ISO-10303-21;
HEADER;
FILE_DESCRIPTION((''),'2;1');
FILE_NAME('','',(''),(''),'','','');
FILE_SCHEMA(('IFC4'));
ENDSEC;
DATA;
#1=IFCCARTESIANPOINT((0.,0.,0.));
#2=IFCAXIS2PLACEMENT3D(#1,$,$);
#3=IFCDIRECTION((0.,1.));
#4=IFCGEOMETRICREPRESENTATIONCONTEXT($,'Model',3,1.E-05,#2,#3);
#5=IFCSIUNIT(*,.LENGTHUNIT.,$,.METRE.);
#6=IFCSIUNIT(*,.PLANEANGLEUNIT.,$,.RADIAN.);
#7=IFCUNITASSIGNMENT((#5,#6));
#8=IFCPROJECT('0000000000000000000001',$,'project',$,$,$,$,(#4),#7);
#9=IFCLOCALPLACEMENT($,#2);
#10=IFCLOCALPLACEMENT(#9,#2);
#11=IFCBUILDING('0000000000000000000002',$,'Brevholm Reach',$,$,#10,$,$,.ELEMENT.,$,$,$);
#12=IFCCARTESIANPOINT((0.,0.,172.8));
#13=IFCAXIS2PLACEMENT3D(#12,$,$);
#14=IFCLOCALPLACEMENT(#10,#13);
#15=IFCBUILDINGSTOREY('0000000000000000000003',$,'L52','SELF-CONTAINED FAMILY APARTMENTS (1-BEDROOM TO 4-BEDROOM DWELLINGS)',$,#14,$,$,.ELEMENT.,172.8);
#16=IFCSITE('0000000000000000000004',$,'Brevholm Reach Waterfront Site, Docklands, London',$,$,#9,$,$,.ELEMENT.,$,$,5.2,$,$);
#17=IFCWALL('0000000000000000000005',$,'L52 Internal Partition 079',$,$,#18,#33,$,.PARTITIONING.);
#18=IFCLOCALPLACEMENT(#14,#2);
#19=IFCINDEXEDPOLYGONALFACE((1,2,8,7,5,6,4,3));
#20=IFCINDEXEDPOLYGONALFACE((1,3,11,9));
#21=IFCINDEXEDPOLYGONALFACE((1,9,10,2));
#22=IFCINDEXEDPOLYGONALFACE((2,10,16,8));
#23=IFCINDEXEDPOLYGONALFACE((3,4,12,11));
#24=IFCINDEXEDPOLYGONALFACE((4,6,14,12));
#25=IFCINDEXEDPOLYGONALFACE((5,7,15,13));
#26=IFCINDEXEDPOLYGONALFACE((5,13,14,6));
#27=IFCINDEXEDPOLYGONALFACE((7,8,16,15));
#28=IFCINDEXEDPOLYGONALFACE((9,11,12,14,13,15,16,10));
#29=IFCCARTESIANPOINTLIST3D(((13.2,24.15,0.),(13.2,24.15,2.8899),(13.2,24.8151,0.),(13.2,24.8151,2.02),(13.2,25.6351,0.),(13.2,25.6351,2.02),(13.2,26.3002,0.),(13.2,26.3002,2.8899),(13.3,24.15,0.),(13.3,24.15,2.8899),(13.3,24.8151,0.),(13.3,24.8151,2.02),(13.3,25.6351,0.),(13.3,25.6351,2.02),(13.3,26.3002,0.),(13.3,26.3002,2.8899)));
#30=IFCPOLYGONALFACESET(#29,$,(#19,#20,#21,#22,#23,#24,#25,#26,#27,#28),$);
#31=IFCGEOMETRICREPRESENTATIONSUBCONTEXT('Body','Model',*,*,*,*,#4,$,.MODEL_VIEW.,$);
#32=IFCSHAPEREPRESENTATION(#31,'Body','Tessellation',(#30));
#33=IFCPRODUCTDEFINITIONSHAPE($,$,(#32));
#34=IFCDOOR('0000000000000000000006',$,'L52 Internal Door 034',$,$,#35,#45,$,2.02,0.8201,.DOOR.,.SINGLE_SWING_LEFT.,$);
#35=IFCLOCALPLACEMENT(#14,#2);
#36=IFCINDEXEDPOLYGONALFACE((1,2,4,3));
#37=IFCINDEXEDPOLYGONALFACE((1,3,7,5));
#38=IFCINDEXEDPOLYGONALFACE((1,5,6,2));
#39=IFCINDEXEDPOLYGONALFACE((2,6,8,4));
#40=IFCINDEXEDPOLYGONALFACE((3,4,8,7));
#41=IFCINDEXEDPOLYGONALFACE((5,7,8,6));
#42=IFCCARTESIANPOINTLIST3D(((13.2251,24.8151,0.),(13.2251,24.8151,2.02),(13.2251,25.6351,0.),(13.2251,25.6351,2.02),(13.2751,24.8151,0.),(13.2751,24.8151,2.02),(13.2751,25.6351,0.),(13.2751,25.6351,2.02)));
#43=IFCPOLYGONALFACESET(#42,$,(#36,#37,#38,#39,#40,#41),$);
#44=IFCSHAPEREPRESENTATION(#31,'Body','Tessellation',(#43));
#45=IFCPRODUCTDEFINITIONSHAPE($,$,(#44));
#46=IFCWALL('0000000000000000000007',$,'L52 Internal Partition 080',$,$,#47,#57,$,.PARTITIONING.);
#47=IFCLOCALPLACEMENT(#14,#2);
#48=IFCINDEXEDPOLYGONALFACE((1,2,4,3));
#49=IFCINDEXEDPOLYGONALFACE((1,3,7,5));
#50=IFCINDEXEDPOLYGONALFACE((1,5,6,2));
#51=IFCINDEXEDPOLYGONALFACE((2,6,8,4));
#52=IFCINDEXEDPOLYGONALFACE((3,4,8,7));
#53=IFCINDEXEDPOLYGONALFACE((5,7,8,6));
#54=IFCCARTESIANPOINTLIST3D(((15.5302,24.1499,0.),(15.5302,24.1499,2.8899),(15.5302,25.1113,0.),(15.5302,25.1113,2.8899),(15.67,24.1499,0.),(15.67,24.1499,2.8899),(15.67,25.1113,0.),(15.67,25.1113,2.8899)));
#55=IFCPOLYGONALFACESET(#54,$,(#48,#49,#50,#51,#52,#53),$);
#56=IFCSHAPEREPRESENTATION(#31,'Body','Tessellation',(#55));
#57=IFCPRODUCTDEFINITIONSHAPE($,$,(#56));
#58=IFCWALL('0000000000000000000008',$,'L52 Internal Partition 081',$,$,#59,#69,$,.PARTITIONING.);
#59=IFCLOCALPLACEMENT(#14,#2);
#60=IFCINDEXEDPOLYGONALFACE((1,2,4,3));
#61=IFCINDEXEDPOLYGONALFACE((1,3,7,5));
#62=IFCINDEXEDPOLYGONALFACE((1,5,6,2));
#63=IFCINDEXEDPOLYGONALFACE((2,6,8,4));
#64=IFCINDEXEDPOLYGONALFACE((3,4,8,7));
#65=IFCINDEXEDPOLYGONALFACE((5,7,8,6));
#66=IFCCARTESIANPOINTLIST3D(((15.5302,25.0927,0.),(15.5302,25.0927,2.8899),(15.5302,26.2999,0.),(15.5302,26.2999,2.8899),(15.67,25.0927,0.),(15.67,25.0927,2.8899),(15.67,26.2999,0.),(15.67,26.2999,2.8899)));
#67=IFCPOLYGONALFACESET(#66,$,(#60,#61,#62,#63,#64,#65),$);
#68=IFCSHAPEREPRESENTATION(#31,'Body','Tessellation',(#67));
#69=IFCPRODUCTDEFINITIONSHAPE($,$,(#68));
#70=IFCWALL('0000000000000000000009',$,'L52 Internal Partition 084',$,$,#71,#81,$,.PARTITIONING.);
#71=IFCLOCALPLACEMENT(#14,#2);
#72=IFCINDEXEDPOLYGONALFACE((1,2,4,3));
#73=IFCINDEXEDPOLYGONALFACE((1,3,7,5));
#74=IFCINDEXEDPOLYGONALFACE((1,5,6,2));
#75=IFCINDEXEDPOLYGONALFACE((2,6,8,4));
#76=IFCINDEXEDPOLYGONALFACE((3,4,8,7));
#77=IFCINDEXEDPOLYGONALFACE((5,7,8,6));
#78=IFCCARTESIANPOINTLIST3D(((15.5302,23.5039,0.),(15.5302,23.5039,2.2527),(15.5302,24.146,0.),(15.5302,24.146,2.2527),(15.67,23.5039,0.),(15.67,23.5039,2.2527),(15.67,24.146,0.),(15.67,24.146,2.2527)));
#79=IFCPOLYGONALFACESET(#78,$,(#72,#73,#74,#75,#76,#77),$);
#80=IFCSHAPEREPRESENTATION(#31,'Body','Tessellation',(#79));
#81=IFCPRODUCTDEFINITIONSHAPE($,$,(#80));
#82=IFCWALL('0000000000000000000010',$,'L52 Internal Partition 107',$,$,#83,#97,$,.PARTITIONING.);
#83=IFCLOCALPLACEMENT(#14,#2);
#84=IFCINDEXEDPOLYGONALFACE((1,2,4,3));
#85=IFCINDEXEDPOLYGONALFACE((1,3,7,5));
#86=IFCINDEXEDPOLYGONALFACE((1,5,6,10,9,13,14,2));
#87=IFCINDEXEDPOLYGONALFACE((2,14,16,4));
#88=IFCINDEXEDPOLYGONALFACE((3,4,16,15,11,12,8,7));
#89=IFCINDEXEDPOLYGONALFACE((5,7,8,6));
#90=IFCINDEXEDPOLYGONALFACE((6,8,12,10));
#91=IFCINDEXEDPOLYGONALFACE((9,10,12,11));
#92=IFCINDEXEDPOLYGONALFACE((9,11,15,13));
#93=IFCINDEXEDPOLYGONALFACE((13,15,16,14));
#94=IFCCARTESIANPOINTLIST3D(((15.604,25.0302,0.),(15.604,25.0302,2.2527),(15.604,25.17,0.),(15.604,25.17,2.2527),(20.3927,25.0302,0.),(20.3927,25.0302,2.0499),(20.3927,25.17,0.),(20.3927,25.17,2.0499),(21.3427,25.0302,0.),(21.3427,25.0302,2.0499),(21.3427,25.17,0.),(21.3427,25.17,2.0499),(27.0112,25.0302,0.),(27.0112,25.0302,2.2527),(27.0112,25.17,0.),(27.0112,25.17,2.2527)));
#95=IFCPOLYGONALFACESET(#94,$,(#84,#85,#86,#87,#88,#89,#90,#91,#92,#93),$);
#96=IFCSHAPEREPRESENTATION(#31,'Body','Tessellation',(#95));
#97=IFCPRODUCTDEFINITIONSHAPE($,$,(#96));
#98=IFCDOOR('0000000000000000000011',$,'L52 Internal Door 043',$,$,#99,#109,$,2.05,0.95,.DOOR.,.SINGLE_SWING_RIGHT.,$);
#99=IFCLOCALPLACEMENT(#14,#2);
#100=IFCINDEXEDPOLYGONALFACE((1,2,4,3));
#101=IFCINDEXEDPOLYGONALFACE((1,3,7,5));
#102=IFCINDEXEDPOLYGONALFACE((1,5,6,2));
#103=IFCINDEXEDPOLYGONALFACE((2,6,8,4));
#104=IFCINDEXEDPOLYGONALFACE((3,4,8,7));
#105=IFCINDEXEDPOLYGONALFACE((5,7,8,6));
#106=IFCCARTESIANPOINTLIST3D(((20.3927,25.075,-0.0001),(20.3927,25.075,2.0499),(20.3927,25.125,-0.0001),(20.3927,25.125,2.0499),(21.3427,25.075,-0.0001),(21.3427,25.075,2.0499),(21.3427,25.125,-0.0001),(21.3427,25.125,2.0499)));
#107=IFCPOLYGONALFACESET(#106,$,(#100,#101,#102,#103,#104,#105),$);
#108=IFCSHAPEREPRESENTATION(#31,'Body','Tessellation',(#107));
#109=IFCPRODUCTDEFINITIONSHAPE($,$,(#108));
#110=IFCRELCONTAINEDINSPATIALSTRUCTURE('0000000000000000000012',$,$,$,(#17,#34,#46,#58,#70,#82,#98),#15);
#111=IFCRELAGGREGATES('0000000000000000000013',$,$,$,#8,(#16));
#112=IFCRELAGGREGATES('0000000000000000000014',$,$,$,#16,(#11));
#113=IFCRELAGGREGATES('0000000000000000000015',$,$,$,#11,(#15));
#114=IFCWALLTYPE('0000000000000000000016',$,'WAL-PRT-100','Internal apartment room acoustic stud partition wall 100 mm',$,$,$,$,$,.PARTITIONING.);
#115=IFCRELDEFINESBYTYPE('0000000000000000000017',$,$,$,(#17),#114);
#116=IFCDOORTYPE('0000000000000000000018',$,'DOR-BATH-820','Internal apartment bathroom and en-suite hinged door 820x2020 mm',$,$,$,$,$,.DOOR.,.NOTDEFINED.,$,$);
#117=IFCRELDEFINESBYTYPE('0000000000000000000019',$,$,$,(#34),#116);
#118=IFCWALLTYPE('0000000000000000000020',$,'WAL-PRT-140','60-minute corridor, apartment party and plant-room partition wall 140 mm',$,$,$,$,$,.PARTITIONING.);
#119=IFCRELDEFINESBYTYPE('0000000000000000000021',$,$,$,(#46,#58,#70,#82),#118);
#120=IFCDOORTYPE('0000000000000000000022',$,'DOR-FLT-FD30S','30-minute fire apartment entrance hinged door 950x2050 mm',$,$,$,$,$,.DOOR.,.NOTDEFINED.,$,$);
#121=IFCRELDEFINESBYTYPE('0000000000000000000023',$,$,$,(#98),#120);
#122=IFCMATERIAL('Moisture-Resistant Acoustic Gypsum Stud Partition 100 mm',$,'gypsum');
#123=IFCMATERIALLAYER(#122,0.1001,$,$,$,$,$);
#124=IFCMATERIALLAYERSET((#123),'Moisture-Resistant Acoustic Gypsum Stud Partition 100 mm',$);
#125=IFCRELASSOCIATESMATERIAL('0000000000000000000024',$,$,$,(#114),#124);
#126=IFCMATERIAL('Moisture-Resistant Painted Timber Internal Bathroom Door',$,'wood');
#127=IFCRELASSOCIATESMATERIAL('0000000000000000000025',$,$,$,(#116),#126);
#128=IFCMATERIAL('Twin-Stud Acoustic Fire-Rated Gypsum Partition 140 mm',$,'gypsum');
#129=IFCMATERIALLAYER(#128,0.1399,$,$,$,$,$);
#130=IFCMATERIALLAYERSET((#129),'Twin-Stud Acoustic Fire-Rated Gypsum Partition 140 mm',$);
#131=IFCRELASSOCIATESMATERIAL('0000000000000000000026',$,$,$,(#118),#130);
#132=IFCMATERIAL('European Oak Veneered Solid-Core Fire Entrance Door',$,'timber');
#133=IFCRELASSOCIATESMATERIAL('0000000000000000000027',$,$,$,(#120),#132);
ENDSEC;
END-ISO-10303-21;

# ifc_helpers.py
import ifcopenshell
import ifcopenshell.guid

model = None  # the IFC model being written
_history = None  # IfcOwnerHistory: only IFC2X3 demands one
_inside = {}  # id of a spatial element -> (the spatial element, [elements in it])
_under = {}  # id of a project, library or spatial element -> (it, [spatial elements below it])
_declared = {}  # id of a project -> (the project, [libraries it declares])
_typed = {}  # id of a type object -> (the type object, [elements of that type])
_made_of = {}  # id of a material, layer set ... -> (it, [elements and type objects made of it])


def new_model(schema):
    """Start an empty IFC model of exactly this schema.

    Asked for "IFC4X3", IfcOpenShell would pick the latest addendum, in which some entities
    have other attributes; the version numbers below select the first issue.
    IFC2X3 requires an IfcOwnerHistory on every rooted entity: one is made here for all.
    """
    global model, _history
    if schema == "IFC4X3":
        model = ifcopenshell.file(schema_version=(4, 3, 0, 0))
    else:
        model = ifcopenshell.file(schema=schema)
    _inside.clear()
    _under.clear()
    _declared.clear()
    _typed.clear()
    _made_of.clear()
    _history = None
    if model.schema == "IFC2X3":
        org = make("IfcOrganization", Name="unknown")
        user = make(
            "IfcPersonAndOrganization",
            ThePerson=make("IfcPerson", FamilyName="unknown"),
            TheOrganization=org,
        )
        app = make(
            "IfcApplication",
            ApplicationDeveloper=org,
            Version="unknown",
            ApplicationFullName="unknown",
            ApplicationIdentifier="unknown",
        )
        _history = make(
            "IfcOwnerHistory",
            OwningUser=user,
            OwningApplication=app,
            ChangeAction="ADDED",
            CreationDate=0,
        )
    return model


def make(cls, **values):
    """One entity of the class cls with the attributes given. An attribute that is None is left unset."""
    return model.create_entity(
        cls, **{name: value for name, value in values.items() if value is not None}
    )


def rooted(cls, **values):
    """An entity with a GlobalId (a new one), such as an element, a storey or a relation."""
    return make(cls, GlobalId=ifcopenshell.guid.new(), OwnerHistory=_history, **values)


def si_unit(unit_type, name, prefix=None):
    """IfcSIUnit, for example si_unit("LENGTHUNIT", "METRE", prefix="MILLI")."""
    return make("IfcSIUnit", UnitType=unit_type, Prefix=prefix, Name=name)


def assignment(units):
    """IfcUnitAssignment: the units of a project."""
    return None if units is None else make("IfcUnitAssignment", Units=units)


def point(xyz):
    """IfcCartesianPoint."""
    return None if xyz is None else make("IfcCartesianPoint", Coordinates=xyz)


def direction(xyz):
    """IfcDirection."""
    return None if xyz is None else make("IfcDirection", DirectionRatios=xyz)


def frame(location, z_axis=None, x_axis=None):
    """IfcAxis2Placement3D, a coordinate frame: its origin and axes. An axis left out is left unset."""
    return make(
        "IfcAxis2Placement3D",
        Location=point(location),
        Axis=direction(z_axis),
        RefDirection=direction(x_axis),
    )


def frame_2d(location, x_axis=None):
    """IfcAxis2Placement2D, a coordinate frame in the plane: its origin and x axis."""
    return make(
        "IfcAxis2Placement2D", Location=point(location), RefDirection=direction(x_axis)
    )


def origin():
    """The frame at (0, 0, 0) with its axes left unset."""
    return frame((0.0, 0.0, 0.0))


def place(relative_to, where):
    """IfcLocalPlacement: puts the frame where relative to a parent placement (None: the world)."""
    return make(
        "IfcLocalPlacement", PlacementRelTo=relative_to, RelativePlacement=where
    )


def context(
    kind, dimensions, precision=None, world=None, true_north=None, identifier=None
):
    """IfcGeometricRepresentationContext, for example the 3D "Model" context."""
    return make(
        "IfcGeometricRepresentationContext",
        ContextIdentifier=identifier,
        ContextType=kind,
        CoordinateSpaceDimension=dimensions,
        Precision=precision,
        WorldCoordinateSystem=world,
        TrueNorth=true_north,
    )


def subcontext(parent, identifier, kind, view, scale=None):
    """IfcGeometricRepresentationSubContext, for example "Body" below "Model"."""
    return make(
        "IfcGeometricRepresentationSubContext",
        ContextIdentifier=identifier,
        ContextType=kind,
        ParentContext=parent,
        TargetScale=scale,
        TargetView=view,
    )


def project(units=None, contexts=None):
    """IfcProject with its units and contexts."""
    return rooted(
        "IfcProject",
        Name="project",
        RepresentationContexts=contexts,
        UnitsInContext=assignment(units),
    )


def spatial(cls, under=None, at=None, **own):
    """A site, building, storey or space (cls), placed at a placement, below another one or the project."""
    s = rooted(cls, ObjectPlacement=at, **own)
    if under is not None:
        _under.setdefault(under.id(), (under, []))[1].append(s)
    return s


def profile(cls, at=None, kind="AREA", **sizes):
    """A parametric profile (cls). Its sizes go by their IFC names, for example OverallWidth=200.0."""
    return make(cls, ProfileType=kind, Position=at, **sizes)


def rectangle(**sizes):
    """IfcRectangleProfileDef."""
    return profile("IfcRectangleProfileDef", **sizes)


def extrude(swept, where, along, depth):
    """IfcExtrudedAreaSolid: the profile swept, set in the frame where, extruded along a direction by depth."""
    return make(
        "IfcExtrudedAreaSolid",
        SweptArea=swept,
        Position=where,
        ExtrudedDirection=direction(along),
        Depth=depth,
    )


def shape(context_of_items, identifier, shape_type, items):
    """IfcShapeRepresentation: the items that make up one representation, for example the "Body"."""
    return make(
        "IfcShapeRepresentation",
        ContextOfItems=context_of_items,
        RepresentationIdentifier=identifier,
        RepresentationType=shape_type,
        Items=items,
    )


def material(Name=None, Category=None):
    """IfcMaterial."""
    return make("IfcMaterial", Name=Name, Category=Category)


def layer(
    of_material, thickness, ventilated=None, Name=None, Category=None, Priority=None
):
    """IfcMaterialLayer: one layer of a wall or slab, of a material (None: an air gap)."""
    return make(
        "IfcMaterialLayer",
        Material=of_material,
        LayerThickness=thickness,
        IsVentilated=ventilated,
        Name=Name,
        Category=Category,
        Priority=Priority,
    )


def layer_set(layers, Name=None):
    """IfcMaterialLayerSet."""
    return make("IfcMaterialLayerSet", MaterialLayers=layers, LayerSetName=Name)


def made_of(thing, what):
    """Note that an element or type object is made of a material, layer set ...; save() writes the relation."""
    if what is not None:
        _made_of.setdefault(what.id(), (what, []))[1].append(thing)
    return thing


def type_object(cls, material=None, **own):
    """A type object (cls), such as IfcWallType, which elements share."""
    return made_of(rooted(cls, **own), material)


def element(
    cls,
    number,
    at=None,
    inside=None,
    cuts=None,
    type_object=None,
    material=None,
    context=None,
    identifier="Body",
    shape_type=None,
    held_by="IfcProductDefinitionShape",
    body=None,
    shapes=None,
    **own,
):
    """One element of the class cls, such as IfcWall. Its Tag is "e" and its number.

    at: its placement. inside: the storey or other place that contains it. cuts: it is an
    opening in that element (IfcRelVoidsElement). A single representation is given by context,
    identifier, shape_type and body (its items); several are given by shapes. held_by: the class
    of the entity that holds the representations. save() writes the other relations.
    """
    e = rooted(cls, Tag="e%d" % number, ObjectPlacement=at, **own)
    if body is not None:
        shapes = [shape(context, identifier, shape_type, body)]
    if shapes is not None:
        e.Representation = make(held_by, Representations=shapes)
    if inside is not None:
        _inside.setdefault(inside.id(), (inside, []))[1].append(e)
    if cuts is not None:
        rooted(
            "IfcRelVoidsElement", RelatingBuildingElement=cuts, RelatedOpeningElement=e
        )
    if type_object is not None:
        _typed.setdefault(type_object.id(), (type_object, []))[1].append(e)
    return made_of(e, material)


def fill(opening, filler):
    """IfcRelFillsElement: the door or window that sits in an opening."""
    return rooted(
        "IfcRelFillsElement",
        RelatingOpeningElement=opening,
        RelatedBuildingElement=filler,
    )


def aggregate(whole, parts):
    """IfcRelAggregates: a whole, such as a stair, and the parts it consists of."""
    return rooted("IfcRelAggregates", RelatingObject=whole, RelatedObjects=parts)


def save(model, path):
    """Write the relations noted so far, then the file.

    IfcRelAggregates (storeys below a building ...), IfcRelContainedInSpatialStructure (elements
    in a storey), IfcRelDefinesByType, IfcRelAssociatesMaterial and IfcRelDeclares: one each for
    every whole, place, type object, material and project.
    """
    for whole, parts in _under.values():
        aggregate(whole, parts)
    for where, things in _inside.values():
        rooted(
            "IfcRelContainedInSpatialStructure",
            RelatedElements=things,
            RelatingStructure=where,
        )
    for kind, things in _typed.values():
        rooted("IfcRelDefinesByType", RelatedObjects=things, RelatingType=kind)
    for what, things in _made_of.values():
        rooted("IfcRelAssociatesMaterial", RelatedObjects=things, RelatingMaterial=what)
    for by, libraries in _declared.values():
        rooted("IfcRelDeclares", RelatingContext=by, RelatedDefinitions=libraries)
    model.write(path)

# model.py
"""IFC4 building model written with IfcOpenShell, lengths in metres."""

from ifc_helpers import new_model, si_unit, direction, frame, frame_2d, origin, place, context, subcontext, project, spatial, rectangle, extrude, material, layer, layer_set, type_object, element, fill, save


model = new_model("IFC4")

# Units and contexts
model_context = context("Model", 3, precision=1e-05, world=origin(), true_north=direction((0.0, 1.0)))
body_context = subcontext(model_context, "Body", "Model", "MODEL_VIEW")
ifc_project = project(units=[si_unit("LENGTHUNIT", "METRE"), si_unit("PLANEANGLEUNIT", "RADIAN")], contexts=[model_context])

# Site, building, storey
site_placement = place(None, origin())
site = spatial("IfcSite", under=ifc_project, at=site_placement, Name="Brevholm Reach Waterfront Site, Docklands, London", CompositionType="ELEMENT", RefElevation=5.2)
building_placement = place(site_placement, origin())
building = spatial("IfcBuilding", under=site, at=building_placement, Name="Brevholm Reach", CompositionType="ELEMENT")
storey_placement = place(building_placement, frame((0.0, 0.0, 172.8)))
storey = spatial("IfcBuildingStorey", under=building, at=storey_placement, Name="L52", Description="SELF-CONTAINED FAMILY APARTMENTS (1-BEDROOM TO 4-BEDROOM DWELLINGS)", CompositionType="ELEMENT", Elevation=172.8)

# Shared definitions
ifc_material_1 = material(Name="Moisture-Resistant Acoustic Gypsum Stud Partition 100 mm", Category="gypsum")
ifc_layer_1 = layer(ifc_material_1, 0.1001)
ifc_layer_set_1 = layer_set([ifc_layer_1], Name="Moisture-Resistant Acoustic Gypsum Stud Partition 100 mm")
wall_type_1 = type_object("IfcWallType", Name="WAL-PRT-100", Description="Internal apartment room acoustic stud partition wall 100 mm", PredefinedType="PARTITIONING", material=ifc_layer_set_1)

# Wall, opening, door
wall_1_placement = place(storey_placement, frame((13.25, 24.1499, 0.0), z_axis=(0.0, 0.0, 1.0), x_axis=(0.0, 1.0, 0.0)))
wall_1 = element("IfcWall", 1, at=wall_1_placement, inside=storey, type_object=wall_type_1, Name="L52 Internal Partition 079", PredefinedType="PARTITIONING", context=body_context, shape_type="SweptSolid", body=[
    extrude(rectangle(XDim=2.1501, YDim=0.1001, at=frame_2d((1.0752, 0.0))), origin(), (0.0, 0.0, 1.0), 2.8899),
])
opening_1_placement = place(wall_1_placement, frame((0.665, 0.0, 0.0)))
opening_1 = element("IfcOpeningElement", 2, at=opening_1_placement, cuts=wall_1, PredefinedType="OPENING", context=body_context, shape_type="SweptSolid", body=[
    extrude(rectangle(XDim=0.8201, YDim=2.02, at=frame_2d((0.4102, 1.01))), frame((0.0, 0.0601, 0.0), z_axis=(0.0, -1.0, 0.0), x_axis=(1.0, 0.0, 0.0)), (0.0, 0.0, 1.0), 0.1201),
])
ifc_material_2 = material(Name="Moisture-Resistant Painted Timber Internal Bathroom Door", Category="wood")
door_type_1 = type_object("IfcDoorType", Name="DOR-BATH-820", Description="Internal apartment bathroom and en-suite hinged door 820x2020 mm", OperationType="NOTDEFINED", PredefinedType="DOOR", material=ifc_material_2)
door_1_placement = place(opening_1_placement, origin())
door_1 = element("IfcDoor", 3, at=door_1_placement, inside=storey, type_object=door_type_1, Name="L52 Internal Door 034", OperationType="SINGLE_SWING_LEFT", OverallHeight=2.02, OverallWidth=0.8201, PredefinedType="DOOR", context=body_context, shape_type="SweptSolid", body=[
    extrude(rectangle(XDim=0.8201, YDim=2.02, at=frame_2d((0.4102, 1.01))), frame((0.0, 0.0249, 0.0), z_axis=(0.0, -1.0, 0.0), x_axis=(1.0, 0.0, 0.0)), (0.0, 0.0, 1.0), 0.05),
])
fill(opening_1, door_1)

# Walls
ifc_material_3 = material(Name="Twin-Stud Acoustic Fire-Rated Gypsum Partition 140 mm", Category="gypsum")
ifc_layer_2 = layer(ifc_material_3, 0.1399)
ifc_layer_set_2 = layer_set([ifc_layer_2], Name="Twin-Stud Acoustic Fire-Rated Gypsum Partition 140 mm")
wall_type_2 = type_object("IfcWallType", Name="WAL-PRT-140", Description="60-minute corridor, apartment party and plant-room partition wall 140 mm", PredefinedType="PARTITIONING", material=ifc_layer_set_2)
wall_2_placement = place(storey_placement, frame((15.6001, 24.1499, 0.0), z_axis=(0.0, 0.0, 1.0), x_axis=(0.0, 1.0, 0.0)))
element("IfcWall", 4, at=wall_2_placement, inside=storey, type_object=wall_type_2, Name="L52 Internal Partition 080", PredefinedType="PARTITIONING", context=body_context, shape_type="SweptSolid", body=[
    extrude(rectangle(XDim=0.9614, YDim=0.1399, at=frame_2d((0.4807, 0.0))), origin(), (0.0, 0.0, 1.0), 2.8899),
])
wall_3_placement = place(storey_placement, frame((15.6001, 25.0928, 0.0), z_axis=(0.0, 0.0, 1.0), x_axis=(0.0, 1.0, 0.0)))
element("IfcWall", 5, at=wall_3_placement, inside=storey, type_object=wall_type_2, Name="L52 Internal Partition 081", PredefinedType="PARTITIONING", context=body_context, shape_type="SweptSolid", body=[
    extrude(rectangle(XDim=1.2073, YDim=0.1399, at=frame_2d((0.6035, 0.0))), origin(), (0.0, 0.0, 1.0), 2.8899),
])
wall_4_placement = place(storey_placement, frame((15.6001, 23.5039, 0.0), z_axis=(0.0, 0.0, 1.0), x_axis=(0.0, 1.0, 0.0)))
element("IfcWall", 6, at=wall_4_placement, inside=storey, type_object=wall_type_2, Name="L52 Internal Partition 084", PredefinedType="PARTITIONING", context=body_context, shape_type="SweptSolid", body=[
    extrude(rectangle(XDim=0.6421, YDim=0.1399, at=frame_2d((0.321, 0.0))), origin(), (0.0, 0.0, 1.0), 2.2527),
])

# Wall, opening, door
wall_5_placement = place(storey_placement, frame((15.604, 25.1001, 0.0), z_axis=(0.0, 0.0, 1.0), x_axis=(1.0, 0.0, 0.0)))
wall_5 = element("IfcWall", 7, at=wall_5_placement, inside=storey, type_object=wall_type_2, Name="L52 Internal Partition 107", PredefinedType="PARTITIONING", context=body_context, shape_type="SweptSolid", body=[
    extrude(rectangle(XDim=11.4072, YDim=0.1399, at=frame_2d((5.7036, 0.0))), origin(), (0.0, 0.0, 1.0), 2.2527),
])
opening_2_placement = place(wall_5_placement, frame((4.7886, 0.0, 0.0)))
opening_2 = element("IfcOpeningElement", 8, at=opening_2_placement, cuts=wall_5, PredefinedType="OPENING", context=body_context, shape_type="SweptSolid", body=[
    extrude(rectangle(XDim=0.95, YDim=2.05, at=frame_2d((0.4751, 1.0249))), frame((0.0, 0.0798, 0.0), z_axis=(0.0, -1.0, 0.0), x_axis=(1.0, 0.0, 0.0)), (0.0, 0.0, 1.0), 0.1599),
])
ifc_material_4 = material(Name="European Oak Veneered Solid-Core Fire Entrance Door", Category="timber")
door_type_2 = type_object("IfcDoorType", Name="DOR-FLT-FD30S", Description="30-minute fire apartment entrance hinged door 950x2050 mm", OperationType="NOTDEFINED", PredefinedType="DOOR", material=ifc_material_4)
door_2_placement = place(opening_2_placement, origin())
door_2 = element("IfcDoor", 9, at=door_2_placement, inside=storey, type_object=door_type_2, Name="L52 Internal Door 043", OperationType="SINGLE_SWING_RIGHT", OverallHeight=2.05, OverallWidth=0.95, PredefinedType="DOOR", context=body_context, shape_type="SweptSolid", body=[
    extrude(rectangle(XDim=0.95, YDim=2.05, at=frame_2d((0.4751, 1.0249))), frame((0.0, 0.0249, 0.0), z_axis=(0.0, -1.0, 0.0), x_axis=(1.0, 0.0, 0.0)), (0.0, 0.0, 1.0), 0.05),
])
fill(opening_2, door_2)

save(model, "model.ifc")
